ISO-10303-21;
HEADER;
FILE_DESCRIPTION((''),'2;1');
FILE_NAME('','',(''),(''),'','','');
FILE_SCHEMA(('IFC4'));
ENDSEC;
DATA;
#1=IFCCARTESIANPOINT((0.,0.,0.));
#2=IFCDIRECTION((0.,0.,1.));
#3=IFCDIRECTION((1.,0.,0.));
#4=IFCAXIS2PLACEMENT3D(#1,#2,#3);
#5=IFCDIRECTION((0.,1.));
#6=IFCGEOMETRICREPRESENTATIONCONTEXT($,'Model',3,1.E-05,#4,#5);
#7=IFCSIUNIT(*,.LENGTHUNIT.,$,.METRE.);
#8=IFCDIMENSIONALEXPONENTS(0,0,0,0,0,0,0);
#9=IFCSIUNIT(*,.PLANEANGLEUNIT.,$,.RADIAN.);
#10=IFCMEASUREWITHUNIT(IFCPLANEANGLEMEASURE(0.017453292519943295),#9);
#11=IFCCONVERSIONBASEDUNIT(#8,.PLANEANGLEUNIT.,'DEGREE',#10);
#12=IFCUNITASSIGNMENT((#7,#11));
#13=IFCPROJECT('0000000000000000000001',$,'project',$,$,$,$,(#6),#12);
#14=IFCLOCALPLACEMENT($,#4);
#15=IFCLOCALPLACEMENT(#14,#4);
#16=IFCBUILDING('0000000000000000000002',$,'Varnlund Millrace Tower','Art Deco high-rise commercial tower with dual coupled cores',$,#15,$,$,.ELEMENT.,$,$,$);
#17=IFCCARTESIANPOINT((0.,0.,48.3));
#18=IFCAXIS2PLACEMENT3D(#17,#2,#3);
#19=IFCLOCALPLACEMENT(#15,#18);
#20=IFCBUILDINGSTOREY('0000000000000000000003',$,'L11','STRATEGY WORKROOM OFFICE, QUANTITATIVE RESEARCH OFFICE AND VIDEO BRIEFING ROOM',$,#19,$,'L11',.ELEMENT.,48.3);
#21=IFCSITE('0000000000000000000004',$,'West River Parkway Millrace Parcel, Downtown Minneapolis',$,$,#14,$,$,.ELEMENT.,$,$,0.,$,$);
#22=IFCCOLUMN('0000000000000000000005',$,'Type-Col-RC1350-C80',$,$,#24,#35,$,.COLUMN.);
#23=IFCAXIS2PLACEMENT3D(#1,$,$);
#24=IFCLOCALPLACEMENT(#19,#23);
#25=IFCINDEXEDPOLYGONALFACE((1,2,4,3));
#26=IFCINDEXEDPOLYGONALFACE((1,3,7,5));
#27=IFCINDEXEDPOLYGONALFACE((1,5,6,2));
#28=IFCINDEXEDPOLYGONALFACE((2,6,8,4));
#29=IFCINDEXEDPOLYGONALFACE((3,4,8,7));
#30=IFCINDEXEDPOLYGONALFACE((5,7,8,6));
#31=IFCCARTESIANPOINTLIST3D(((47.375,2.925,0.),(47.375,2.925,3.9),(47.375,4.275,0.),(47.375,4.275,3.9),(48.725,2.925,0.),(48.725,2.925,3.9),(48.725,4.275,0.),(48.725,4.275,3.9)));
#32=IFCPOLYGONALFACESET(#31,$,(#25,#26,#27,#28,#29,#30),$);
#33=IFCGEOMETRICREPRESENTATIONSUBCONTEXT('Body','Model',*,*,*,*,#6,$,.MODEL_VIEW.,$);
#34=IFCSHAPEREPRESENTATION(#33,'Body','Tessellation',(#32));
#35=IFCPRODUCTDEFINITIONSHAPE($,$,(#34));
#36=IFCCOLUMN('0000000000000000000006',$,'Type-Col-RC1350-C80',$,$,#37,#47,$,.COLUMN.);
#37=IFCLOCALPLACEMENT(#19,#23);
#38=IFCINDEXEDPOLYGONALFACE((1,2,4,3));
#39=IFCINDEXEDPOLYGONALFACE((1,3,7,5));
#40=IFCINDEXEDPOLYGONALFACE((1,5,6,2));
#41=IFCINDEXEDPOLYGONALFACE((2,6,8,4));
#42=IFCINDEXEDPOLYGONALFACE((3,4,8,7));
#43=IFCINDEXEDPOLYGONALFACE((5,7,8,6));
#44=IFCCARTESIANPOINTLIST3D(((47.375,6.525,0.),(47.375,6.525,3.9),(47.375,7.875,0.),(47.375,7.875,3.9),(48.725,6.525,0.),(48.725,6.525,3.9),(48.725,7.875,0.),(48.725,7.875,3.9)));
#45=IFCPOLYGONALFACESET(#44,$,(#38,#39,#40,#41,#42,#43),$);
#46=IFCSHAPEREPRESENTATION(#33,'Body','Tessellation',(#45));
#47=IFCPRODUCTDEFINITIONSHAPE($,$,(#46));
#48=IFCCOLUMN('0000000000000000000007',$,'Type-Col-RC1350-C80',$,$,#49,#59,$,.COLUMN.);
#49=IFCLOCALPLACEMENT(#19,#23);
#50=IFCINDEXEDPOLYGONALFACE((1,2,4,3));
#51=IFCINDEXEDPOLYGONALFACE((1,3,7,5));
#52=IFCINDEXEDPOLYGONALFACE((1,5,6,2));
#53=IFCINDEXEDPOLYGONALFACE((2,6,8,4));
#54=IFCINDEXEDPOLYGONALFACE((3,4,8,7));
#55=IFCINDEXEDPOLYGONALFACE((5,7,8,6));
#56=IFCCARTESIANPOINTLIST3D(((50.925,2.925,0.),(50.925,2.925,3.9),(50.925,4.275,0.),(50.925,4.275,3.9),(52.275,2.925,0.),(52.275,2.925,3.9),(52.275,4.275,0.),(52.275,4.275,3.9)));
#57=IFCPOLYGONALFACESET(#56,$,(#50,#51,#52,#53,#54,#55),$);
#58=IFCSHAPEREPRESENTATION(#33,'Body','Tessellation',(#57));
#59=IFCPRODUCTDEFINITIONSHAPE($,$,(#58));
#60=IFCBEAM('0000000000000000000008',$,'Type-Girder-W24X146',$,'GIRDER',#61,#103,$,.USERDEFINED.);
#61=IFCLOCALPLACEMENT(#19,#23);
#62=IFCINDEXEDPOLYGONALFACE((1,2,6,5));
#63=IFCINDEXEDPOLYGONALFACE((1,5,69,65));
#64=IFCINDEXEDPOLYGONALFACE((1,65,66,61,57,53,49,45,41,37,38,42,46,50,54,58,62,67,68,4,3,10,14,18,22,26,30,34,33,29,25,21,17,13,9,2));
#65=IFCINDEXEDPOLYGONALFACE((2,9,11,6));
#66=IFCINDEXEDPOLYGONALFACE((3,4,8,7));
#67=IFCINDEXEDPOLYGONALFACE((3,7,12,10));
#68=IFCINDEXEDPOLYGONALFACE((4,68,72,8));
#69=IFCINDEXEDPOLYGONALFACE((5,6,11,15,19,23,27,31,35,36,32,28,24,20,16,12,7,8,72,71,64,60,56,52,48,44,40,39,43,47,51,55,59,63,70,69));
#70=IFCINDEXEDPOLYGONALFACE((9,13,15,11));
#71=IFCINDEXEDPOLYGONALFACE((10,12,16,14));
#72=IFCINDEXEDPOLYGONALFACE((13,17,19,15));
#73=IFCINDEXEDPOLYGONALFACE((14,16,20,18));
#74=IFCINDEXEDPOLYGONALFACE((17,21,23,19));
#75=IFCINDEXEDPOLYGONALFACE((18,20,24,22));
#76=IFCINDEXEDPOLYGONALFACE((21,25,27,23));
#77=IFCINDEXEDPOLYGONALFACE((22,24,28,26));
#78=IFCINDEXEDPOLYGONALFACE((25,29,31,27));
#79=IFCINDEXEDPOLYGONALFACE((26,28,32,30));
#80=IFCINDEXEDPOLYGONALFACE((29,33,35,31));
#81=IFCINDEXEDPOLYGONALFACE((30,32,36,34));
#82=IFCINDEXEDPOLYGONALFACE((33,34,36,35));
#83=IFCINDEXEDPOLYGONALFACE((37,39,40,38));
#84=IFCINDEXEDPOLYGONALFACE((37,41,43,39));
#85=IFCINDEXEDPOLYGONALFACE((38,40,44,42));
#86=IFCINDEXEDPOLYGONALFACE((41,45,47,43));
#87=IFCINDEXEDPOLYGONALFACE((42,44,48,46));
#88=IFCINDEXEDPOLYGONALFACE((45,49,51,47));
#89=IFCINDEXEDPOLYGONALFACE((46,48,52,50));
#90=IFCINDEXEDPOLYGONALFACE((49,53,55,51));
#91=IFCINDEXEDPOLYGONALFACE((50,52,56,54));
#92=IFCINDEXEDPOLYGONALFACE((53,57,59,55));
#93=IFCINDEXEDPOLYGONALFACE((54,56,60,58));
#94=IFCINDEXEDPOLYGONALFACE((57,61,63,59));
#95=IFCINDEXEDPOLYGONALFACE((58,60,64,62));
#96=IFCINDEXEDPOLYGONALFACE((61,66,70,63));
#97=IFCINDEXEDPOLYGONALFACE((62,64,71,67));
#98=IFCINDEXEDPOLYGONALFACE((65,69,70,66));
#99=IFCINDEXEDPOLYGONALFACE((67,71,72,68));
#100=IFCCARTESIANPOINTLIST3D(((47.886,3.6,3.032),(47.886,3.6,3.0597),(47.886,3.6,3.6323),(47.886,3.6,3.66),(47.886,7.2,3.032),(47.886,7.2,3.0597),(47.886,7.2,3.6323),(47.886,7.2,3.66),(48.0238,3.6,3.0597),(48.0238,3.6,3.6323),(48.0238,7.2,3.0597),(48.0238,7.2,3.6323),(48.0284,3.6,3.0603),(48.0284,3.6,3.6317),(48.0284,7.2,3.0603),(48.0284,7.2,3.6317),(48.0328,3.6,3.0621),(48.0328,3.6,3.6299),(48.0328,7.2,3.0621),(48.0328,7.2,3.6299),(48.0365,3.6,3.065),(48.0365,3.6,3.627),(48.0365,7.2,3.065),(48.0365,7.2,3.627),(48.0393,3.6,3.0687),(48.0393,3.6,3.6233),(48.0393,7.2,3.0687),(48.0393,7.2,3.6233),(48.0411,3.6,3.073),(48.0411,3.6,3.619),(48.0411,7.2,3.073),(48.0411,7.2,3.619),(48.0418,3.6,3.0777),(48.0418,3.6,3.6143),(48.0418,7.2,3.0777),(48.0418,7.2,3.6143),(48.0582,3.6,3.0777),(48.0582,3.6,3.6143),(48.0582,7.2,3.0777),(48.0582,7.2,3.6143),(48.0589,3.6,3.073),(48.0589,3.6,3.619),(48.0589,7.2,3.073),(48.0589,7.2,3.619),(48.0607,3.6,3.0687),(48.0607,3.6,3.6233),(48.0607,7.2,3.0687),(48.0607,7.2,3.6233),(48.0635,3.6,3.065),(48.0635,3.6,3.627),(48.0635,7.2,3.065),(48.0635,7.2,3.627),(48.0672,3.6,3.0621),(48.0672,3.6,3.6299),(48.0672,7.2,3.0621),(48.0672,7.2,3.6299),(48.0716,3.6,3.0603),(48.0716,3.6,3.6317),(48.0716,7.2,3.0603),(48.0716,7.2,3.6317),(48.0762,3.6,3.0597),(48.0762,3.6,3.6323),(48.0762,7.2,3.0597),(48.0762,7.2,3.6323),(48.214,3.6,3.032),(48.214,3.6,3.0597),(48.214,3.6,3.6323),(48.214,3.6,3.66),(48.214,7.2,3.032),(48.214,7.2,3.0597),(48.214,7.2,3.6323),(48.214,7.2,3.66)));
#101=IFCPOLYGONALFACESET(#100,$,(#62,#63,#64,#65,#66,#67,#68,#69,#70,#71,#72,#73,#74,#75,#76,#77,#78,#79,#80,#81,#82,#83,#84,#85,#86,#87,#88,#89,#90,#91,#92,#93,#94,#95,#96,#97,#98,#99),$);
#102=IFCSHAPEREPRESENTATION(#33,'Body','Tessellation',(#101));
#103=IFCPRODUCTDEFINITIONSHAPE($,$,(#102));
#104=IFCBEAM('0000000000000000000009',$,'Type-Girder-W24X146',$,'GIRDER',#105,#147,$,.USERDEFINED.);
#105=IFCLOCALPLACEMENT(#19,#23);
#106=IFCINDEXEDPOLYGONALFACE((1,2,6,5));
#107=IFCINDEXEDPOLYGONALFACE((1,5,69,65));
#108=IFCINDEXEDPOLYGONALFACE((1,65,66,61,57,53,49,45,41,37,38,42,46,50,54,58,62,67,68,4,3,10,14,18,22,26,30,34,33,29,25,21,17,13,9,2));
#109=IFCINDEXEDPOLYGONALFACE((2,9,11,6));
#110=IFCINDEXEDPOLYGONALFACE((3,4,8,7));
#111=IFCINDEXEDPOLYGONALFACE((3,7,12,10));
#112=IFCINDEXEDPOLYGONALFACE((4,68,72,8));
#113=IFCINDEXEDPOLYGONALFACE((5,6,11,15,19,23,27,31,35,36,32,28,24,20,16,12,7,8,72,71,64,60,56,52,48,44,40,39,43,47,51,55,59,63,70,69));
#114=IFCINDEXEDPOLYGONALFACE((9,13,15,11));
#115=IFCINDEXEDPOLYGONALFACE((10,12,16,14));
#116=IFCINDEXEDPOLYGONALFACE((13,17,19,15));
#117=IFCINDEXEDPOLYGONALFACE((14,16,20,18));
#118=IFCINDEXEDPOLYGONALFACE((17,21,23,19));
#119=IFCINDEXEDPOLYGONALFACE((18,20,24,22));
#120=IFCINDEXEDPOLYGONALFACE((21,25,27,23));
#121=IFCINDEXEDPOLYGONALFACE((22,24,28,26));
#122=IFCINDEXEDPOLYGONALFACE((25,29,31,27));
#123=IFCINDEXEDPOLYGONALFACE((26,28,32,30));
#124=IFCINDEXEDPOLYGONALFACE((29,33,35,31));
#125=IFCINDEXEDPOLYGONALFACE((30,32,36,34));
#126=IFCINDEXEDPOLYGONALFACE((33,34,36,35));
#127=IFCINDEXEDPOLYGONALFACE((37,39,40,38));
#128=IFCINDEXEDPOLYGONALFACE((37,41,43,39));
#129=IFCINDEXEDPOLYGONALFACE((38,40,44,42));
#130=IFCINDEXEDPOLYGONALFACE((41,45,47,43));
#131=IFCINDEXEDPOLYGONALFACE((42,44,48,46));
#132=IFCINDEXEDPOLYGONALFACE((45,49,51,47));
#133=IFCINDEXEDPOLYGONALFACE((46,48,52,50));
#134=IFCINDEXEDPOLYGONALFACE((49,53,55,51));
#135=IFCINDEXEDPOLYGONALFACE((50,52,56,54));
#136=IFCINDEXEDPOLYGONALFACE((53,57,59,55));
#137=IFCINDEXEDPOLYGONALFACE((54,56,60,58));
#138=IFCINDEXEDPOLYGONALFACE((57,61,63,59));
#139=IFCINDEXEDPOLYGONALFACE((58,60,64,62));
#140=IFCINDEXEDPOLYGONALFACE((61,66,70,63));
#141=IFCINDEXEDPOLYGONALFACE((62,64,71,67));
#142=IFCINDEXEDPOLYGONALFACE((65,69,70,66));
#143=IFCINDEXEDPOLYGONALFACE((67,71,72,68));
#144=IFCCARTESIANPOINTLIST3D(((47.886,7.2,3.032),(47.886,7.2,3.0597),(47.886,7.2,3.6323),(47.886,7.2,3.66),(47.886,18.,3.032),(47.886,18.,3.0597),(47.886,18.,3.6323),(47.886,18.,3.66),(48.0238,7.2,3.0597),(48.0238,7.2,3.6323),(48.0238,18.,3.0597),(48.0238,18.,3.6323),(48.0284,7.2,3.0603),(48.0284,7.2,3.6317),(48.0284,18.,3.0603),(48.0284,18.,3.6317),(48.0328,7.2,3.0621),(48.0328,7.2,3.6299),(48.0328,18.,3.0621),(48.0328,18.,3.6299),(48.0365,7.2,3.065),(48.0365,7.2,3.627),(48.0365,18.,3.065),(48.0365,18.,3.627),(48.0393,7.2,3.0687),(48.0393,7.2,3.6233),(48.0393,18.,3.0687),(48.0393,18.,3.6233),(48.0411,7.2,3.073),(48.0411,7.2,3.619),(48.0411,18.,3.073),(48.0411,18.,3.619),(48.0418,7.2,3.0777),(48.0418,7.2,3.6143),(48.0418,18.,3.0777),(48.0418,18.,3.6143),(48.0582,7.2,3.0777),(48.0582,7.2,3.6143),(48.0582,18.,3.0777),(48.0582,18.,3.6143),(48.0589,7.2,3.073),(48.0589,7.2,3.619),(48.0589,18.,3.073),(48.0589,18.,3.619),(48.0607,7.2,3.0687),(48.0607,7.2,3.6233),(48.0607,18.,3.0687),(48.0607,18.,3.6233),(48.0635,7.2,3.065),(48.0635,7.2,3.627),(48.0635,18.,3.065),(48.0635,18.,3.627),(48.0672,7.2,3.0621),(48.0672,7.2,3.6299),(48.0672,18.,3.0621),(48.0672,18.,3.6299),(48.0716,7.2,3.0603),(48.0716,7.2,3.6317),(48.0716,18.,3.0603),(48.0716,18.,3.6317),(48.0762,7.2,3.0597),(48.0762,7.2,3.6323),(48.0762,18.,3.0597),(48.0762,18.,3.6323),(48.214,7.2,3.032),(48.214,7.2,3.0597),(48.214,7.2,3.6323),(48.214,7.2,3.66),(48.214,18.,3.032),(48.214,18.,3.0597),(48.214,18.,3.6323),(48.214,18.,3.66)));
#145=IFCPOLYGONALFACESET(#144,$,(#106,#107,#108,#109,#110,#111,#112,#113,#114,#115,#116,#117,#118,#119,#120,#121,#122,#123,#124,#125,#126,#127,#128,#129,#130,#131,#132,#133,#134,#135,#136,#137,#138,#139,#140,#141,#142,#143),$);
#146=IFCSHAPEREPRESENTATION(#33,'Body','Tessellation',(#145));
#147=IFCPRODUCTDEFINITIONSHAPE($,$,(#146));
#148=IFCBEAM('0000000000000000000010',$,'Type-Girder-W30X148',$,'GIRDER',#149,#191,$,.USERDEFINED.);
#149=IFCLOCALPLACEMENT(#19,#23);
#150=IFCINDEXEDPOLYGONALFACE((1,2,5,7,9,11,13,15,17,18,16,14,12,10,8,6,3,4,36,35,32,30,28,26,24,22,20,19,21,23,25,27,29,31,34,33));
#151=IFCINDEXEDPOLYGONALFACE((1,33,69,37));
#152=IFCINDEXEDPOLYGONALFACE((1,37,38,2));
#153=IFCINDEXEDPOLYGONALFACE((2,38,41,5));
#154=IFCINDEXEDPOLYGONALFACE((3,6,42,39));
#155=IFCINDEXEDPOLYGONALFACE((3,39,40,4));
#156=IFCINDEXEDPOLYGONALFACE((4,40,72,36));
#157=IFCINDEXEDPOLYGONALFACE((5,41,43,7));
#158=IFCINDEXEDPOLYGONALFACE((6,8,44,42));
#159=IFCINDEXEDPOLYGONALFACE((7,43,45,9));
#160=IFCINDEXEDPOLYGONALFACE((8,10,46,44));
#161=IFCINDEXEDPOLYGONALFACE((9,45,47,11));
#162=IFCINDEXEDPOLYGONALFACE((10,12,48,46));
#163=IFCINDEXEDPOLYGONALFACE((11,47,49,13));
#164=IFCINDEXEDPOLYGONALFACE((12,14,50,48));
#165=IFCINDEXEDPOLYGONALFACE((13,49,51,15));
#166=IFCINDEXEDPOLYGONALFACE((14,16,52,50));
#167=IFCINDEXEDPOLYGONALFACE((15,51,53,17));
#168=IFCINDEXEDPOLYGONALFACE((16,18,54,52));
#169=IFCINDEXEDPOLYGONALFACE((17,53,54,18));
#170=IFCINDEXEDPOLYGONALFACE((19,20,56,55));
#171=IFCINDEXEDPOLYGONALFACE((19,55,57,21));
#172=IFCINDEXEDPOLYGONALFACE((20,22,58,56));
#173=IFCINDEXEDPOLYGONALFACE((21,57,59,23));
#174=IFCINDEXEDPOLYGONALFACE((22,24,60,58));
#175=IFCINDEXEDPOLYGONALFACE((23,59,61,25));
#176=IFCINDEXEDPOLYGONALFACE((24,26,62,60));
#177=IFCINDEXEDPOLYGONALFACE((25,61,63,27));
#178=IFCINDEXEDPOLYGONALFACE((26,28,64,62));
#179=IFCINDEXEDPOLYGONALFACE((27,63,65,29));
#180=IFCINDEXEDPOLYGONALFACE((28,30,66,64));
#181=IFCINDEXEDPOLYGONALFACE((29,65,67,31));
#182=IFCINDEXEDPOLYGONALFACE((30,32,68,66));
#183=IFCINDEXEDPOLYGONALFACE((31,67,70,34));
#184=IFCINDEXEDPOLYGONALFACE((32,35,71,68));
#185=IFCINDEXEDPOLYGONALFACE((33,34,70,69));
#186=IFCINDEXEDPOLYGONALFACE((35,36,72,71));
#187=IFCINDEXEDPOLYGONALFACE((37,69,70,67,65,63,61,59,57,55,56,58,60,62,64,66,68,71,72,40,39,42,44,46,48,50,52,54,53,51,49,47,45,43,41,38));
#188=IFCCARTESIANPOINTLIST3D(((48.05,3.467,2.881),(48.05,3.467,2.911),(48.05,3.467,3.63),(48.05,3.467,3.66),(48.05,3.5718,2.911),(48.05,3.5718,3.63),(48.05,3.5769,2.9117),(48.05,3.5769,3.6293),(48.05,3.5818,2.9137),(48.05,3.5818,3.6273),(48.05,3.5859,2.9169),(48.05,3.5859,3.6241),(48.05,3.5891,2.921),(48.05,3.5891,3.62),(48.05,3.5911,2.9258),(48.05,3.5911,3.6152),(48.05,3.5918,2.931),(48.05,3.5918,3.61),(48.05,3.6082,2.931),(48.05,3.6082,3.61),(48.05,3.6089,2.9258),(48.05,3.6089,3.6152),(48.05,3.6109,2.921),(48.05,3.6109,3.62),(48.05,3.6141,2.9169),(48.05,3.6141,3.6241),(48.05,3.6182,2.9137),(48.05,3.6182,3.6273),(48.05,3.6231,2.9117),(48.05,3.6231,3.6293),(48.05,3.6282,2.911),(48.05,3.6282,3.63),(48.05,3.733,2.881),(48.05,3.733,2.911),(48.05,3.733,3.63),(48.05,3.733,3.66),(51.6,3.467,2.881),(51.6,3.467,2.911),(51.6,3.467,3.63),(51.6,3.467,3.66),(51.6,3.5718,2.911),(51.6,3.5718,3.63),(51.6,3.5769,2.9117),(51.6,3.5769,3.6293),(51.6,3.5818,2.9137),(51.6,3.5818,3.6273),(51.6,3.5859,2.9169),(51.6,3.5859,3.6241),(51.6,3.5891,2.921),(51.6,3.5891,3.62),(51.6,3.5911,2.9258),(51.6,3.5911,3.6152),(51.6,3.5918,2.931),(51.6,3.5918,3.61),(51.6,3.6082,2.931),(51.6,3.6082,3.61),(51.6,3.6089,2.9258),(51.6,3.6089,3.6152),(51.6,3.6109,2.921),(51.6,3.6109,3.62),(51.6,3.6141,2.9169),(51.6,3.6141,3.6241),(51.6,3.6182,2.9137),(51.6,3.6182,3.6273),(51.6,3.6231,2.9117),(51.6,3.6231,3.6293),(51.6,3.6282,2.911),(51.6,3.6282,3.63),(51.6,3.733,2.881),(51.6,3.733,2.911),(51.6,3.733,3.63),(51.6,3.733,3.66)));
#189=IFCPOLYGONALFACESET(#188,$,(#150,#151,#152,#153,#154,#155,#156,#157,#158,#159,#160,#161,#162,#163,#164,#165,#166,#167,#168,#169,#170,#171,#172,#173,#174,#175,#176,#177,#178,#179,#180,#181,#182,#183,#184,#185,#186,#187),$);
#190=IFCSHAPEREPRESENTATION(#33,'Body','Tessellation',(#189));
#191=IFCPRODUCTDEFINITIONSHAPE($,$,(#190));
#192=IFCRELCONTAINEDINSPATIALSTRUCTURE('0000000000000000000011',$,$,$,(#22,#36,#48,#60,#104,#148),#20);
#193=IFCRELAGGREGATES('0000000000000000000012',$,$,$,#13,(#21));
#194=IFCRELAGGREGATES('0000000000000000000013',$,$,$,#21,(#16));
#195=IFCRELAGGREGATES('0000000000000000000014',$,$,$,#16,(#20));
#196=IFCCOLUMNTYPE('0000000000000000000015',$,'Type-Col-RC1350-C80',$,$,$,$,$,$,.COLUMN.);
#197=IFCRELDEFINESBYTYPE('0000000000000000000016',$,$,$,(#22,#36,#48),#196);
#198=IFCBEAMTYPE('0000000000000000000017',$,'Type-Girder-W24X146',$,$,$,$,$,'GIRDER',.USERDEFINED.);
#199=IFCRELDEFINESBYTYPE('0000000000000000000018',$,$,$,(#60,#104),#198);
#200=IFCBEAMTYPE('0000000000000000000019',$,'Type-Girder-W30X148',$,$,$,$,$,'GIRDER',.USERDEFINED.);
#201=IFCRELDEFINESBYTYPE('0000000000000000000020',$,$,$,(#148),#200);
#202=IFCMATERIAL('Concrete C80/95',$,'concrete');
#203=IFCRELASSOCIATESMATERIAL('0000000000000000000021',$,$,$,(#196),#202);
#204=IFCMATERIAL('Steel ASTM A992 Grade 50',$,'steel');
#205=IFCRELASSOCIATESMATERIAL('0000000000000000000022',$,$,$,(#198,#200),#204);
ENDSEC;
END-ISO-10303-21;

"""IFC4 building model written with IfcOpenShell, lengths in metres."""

from ifc_helpers import new_model, entity, si_unit, converted_unit, direction, frame, origin_with_axes, origin_2d_with_axis, place, context, subcontext, project, spatial, rectangle, i_section, extrude, material, material_profile, profile_set, type_object, element, save


model = new_model("IFC4")

# Units and contexts
model_context = context("Model", 3, precision=1e-05, world=origin_with_axes(), true_north=direction((0.0, 1.0)))
body_context = subcontext(model_context, "Body", "Model", "MODEL_VIEW")
ifc_project = project(units=[si_unit("LENGTHUNIT", "METRE"), converted_unit("PLANEANGLEUNIT", "DEGREE", entity("IfcPlaneAngleMeasure", 0.017453292519943295), si_unit("PLANEANGLEUNIT", "RADIAN"), dimensions=[0, 0, 0, 0, 0, 0, 0])], contexts=[model_context])

# Site, building, storey
site_placement = place(None, origin_with_axes())
site = spatial("IfcSite", under=ifc_project, at=site_placement, Name="West River Parkway Millrace Parcel, Downtown Minneapolis", CompositionType="ELEMENT", RefElevation=0.0)
building_placement = place(site_placement, origin_with_axes())
building = spatial("IfcBuilding", under=site, at=building_placement, Name="Varnlund Millrace Tower", Description="Art Deco high-rise commercial tower with dual coupled cores", CompositionType="ELEMENT")
storey_placement = place(building_placement, frame((0.0, 0.0, 48.3), z_axis=(0.0, 0.0, 1.0), x_axis=(1.0, 0.0, 0.0)))
storey = spatial("IfcBuildingStorey", under=building, at=storey_placement, Name="L11", Description="STRATEGY WORKROOM OFFICE, QUANTITATIVE RESEARCH OFFICE AND VIDEO BRIEFING ROOM", LongName="L11", CompositionType="ELEMENT", Elevation=48.3)

# Columns
ifc_material_1 = material(Name="Concrete C80/95", Category="concrete")
ifc_material_profile_1 = material_profile(ifc_material_1, rectangle(XDim=1.35, YDim=1.35, at=origin_2d_with_axis()), Name="Concrete C80/95")
ifc_profile_set_1 = profile_set([ifc_material_profile_1], Name="Concrete C80/95")
column_type = type_object("IfcColumnType", Name="Type-Col-RC1350-C80", PredefinedType="COLUMN", material=ifc_profile_set_1)
for number, where, z_axis, x_axis, name in (
    (1, (48.05, 3.6, 0.0), (0.0, 0.0, 1.0), (1.0, 0.0, 0.0), "Type-Col-RC1350-C80"),
    (2, (48.05, 7.2, 0.0), (0.0, 0.0, 1.0), (1.0, 0.0, 0.0), "Type-Col-RC1350-C80"),
    (3, (51.6, 3.6, 0.0), (0.0, 0.0, 1.0), (1.0, 0.0, 0.0), "Type-Col-RC1350-C80"),
):
    element("IfcColumn", number, at=place(storey_placement, frame(where, z_axis=z_axis, x_axis=x_axis)), inside=storey, type_object=column_type, Name=name, PredefinedType="COLUMN", context=body_context, shape_type="SweptSolid", body=[
        extrude(rectangle(XDim=1.35, YDim=1.35, at=origin_2d_with_axis()), origin_with_axes(), (0.0, 0.0, 1.0), 3.9),
    ])

# Beams
ifc_material_2 = material(Name="Steel ASTM A992 Grade 50", Category="steel")
ifc_material_profile_2 = material_profile(ifc_material_2, i_section(OverallWidth=0.328, OverallDepth=0.628, WebThickness=0.0165, FlangeThickness=0.0277, FilletRadius=0.018, at=origin_2d_with_axis()), Name="Steel ASTM A992 Grade 50")
ifc_profile_set_2 = profile_set([ifc_material_profile_2], Name="Steel ASTM A992 Grade 50")
beam_type_1 = type_object("IfcBeamType", Name="Type-Girder-W24X146", ElementType="GIRDER", PredefinedType="USERDEFINED", material=ifc_profile_set_2)
beam_1_placement = place(storey_placement, frame((48.05, 3.6, 3.346), z_axis=(0.0, 1.0, 0.0), x_axis=(-1.0, 0.0, 0.0)))
element("IfcBeam", 4, at=beam_1_placement, inside=storey, type_object=beam_type_1, Name="Type-Girder-W24X146", ObjectType="GIRDER", PredefinedType="USERDEFINED", context=body_context, shape_type="SweptSolid", body=[
    extrude(i_section(OverallWidth=0.328, OverallDepth=0.628, WebThickness=0.0165, FlangeThickness=0.0277, FilletRadius=0.018, at=origin_2d_with_axis()), origin_with_axes(), (0.0, 0.0, 1.0), 3.6),
])
beam_2_placement = place(storey_placement, frame((48.05, 7.2, 3.346), z_axis=(0.0, 1.0, 0.0), x_axis=(-1.0, 0.0, 0.0)))
element("IfcBeam", 5, at=beam_2_placement, inside=storey, type_object=beam_type_1, Name="Type-Girder-W24X146", ObjectType="GIRDER", PredefinedType="USERDEFINED", context=body_context, shape_type="SweptSolid", body=[
    extrude(i_section(OverallWidth=0.328, OverallDepth=0.628, WebThickness=0.0165, FlangeThickness=0.0277, FilletRadius=0.018, at=origin_2d_with_axis()), origin_with_axes(), (0.0, 0.0, 1.0), 10.8),
])
ifc_material_profile_3 = material_profile(ifc_material_2, i_section(OverallWidth=0.266, OverallDepth=0.779, WebThickness=0.0165, FlangeThickness=0.03, FilletRadius=0.02, at=origin_2d_with_axis()), Name="Steel ASTM A992 Grade 50")
ifc_profile_set_3 = profile_set([ifc_material_profile_3], Name="Steel ASTM A992 Grade 50")
beam_type_2 = type_object("IfcBeamType", Name="Type-Girder-W30X148", ElementType="GIRDER", PredefinedType="USERDEFINED", material=ifc_profile_set_3)
for number, where, z_axis, x_axis, name in (
    (6, (48.05, 3.6, 3.2705), (1.0, 0.0, 0.0), (0.0, 1.0, 0.0), "Type-Girder-W30X148"),
):
    element("IfcBeam", number, at=place(storey_placement, frame(where, z_axis=z_axis, x_axis=x_axis)), inside=storey, type_object=beam_type_2, Name=name, ObjectType="GIRDER", PredefinedType="USERDEFINED", context=body_context, shape_type="SweptSolid", body=[
        extrude(i_section(OverallWidth=0.266, OverallDepth=0.779, WebThickness=0.0165, FlangeThickness=0.03, FilletRadius=0.02, at=origin_2d_with_axis()), origin_with_axes(), (0.0, 0.0, 1.0), 3.55),
    ])

save(model, "model.ifc")
